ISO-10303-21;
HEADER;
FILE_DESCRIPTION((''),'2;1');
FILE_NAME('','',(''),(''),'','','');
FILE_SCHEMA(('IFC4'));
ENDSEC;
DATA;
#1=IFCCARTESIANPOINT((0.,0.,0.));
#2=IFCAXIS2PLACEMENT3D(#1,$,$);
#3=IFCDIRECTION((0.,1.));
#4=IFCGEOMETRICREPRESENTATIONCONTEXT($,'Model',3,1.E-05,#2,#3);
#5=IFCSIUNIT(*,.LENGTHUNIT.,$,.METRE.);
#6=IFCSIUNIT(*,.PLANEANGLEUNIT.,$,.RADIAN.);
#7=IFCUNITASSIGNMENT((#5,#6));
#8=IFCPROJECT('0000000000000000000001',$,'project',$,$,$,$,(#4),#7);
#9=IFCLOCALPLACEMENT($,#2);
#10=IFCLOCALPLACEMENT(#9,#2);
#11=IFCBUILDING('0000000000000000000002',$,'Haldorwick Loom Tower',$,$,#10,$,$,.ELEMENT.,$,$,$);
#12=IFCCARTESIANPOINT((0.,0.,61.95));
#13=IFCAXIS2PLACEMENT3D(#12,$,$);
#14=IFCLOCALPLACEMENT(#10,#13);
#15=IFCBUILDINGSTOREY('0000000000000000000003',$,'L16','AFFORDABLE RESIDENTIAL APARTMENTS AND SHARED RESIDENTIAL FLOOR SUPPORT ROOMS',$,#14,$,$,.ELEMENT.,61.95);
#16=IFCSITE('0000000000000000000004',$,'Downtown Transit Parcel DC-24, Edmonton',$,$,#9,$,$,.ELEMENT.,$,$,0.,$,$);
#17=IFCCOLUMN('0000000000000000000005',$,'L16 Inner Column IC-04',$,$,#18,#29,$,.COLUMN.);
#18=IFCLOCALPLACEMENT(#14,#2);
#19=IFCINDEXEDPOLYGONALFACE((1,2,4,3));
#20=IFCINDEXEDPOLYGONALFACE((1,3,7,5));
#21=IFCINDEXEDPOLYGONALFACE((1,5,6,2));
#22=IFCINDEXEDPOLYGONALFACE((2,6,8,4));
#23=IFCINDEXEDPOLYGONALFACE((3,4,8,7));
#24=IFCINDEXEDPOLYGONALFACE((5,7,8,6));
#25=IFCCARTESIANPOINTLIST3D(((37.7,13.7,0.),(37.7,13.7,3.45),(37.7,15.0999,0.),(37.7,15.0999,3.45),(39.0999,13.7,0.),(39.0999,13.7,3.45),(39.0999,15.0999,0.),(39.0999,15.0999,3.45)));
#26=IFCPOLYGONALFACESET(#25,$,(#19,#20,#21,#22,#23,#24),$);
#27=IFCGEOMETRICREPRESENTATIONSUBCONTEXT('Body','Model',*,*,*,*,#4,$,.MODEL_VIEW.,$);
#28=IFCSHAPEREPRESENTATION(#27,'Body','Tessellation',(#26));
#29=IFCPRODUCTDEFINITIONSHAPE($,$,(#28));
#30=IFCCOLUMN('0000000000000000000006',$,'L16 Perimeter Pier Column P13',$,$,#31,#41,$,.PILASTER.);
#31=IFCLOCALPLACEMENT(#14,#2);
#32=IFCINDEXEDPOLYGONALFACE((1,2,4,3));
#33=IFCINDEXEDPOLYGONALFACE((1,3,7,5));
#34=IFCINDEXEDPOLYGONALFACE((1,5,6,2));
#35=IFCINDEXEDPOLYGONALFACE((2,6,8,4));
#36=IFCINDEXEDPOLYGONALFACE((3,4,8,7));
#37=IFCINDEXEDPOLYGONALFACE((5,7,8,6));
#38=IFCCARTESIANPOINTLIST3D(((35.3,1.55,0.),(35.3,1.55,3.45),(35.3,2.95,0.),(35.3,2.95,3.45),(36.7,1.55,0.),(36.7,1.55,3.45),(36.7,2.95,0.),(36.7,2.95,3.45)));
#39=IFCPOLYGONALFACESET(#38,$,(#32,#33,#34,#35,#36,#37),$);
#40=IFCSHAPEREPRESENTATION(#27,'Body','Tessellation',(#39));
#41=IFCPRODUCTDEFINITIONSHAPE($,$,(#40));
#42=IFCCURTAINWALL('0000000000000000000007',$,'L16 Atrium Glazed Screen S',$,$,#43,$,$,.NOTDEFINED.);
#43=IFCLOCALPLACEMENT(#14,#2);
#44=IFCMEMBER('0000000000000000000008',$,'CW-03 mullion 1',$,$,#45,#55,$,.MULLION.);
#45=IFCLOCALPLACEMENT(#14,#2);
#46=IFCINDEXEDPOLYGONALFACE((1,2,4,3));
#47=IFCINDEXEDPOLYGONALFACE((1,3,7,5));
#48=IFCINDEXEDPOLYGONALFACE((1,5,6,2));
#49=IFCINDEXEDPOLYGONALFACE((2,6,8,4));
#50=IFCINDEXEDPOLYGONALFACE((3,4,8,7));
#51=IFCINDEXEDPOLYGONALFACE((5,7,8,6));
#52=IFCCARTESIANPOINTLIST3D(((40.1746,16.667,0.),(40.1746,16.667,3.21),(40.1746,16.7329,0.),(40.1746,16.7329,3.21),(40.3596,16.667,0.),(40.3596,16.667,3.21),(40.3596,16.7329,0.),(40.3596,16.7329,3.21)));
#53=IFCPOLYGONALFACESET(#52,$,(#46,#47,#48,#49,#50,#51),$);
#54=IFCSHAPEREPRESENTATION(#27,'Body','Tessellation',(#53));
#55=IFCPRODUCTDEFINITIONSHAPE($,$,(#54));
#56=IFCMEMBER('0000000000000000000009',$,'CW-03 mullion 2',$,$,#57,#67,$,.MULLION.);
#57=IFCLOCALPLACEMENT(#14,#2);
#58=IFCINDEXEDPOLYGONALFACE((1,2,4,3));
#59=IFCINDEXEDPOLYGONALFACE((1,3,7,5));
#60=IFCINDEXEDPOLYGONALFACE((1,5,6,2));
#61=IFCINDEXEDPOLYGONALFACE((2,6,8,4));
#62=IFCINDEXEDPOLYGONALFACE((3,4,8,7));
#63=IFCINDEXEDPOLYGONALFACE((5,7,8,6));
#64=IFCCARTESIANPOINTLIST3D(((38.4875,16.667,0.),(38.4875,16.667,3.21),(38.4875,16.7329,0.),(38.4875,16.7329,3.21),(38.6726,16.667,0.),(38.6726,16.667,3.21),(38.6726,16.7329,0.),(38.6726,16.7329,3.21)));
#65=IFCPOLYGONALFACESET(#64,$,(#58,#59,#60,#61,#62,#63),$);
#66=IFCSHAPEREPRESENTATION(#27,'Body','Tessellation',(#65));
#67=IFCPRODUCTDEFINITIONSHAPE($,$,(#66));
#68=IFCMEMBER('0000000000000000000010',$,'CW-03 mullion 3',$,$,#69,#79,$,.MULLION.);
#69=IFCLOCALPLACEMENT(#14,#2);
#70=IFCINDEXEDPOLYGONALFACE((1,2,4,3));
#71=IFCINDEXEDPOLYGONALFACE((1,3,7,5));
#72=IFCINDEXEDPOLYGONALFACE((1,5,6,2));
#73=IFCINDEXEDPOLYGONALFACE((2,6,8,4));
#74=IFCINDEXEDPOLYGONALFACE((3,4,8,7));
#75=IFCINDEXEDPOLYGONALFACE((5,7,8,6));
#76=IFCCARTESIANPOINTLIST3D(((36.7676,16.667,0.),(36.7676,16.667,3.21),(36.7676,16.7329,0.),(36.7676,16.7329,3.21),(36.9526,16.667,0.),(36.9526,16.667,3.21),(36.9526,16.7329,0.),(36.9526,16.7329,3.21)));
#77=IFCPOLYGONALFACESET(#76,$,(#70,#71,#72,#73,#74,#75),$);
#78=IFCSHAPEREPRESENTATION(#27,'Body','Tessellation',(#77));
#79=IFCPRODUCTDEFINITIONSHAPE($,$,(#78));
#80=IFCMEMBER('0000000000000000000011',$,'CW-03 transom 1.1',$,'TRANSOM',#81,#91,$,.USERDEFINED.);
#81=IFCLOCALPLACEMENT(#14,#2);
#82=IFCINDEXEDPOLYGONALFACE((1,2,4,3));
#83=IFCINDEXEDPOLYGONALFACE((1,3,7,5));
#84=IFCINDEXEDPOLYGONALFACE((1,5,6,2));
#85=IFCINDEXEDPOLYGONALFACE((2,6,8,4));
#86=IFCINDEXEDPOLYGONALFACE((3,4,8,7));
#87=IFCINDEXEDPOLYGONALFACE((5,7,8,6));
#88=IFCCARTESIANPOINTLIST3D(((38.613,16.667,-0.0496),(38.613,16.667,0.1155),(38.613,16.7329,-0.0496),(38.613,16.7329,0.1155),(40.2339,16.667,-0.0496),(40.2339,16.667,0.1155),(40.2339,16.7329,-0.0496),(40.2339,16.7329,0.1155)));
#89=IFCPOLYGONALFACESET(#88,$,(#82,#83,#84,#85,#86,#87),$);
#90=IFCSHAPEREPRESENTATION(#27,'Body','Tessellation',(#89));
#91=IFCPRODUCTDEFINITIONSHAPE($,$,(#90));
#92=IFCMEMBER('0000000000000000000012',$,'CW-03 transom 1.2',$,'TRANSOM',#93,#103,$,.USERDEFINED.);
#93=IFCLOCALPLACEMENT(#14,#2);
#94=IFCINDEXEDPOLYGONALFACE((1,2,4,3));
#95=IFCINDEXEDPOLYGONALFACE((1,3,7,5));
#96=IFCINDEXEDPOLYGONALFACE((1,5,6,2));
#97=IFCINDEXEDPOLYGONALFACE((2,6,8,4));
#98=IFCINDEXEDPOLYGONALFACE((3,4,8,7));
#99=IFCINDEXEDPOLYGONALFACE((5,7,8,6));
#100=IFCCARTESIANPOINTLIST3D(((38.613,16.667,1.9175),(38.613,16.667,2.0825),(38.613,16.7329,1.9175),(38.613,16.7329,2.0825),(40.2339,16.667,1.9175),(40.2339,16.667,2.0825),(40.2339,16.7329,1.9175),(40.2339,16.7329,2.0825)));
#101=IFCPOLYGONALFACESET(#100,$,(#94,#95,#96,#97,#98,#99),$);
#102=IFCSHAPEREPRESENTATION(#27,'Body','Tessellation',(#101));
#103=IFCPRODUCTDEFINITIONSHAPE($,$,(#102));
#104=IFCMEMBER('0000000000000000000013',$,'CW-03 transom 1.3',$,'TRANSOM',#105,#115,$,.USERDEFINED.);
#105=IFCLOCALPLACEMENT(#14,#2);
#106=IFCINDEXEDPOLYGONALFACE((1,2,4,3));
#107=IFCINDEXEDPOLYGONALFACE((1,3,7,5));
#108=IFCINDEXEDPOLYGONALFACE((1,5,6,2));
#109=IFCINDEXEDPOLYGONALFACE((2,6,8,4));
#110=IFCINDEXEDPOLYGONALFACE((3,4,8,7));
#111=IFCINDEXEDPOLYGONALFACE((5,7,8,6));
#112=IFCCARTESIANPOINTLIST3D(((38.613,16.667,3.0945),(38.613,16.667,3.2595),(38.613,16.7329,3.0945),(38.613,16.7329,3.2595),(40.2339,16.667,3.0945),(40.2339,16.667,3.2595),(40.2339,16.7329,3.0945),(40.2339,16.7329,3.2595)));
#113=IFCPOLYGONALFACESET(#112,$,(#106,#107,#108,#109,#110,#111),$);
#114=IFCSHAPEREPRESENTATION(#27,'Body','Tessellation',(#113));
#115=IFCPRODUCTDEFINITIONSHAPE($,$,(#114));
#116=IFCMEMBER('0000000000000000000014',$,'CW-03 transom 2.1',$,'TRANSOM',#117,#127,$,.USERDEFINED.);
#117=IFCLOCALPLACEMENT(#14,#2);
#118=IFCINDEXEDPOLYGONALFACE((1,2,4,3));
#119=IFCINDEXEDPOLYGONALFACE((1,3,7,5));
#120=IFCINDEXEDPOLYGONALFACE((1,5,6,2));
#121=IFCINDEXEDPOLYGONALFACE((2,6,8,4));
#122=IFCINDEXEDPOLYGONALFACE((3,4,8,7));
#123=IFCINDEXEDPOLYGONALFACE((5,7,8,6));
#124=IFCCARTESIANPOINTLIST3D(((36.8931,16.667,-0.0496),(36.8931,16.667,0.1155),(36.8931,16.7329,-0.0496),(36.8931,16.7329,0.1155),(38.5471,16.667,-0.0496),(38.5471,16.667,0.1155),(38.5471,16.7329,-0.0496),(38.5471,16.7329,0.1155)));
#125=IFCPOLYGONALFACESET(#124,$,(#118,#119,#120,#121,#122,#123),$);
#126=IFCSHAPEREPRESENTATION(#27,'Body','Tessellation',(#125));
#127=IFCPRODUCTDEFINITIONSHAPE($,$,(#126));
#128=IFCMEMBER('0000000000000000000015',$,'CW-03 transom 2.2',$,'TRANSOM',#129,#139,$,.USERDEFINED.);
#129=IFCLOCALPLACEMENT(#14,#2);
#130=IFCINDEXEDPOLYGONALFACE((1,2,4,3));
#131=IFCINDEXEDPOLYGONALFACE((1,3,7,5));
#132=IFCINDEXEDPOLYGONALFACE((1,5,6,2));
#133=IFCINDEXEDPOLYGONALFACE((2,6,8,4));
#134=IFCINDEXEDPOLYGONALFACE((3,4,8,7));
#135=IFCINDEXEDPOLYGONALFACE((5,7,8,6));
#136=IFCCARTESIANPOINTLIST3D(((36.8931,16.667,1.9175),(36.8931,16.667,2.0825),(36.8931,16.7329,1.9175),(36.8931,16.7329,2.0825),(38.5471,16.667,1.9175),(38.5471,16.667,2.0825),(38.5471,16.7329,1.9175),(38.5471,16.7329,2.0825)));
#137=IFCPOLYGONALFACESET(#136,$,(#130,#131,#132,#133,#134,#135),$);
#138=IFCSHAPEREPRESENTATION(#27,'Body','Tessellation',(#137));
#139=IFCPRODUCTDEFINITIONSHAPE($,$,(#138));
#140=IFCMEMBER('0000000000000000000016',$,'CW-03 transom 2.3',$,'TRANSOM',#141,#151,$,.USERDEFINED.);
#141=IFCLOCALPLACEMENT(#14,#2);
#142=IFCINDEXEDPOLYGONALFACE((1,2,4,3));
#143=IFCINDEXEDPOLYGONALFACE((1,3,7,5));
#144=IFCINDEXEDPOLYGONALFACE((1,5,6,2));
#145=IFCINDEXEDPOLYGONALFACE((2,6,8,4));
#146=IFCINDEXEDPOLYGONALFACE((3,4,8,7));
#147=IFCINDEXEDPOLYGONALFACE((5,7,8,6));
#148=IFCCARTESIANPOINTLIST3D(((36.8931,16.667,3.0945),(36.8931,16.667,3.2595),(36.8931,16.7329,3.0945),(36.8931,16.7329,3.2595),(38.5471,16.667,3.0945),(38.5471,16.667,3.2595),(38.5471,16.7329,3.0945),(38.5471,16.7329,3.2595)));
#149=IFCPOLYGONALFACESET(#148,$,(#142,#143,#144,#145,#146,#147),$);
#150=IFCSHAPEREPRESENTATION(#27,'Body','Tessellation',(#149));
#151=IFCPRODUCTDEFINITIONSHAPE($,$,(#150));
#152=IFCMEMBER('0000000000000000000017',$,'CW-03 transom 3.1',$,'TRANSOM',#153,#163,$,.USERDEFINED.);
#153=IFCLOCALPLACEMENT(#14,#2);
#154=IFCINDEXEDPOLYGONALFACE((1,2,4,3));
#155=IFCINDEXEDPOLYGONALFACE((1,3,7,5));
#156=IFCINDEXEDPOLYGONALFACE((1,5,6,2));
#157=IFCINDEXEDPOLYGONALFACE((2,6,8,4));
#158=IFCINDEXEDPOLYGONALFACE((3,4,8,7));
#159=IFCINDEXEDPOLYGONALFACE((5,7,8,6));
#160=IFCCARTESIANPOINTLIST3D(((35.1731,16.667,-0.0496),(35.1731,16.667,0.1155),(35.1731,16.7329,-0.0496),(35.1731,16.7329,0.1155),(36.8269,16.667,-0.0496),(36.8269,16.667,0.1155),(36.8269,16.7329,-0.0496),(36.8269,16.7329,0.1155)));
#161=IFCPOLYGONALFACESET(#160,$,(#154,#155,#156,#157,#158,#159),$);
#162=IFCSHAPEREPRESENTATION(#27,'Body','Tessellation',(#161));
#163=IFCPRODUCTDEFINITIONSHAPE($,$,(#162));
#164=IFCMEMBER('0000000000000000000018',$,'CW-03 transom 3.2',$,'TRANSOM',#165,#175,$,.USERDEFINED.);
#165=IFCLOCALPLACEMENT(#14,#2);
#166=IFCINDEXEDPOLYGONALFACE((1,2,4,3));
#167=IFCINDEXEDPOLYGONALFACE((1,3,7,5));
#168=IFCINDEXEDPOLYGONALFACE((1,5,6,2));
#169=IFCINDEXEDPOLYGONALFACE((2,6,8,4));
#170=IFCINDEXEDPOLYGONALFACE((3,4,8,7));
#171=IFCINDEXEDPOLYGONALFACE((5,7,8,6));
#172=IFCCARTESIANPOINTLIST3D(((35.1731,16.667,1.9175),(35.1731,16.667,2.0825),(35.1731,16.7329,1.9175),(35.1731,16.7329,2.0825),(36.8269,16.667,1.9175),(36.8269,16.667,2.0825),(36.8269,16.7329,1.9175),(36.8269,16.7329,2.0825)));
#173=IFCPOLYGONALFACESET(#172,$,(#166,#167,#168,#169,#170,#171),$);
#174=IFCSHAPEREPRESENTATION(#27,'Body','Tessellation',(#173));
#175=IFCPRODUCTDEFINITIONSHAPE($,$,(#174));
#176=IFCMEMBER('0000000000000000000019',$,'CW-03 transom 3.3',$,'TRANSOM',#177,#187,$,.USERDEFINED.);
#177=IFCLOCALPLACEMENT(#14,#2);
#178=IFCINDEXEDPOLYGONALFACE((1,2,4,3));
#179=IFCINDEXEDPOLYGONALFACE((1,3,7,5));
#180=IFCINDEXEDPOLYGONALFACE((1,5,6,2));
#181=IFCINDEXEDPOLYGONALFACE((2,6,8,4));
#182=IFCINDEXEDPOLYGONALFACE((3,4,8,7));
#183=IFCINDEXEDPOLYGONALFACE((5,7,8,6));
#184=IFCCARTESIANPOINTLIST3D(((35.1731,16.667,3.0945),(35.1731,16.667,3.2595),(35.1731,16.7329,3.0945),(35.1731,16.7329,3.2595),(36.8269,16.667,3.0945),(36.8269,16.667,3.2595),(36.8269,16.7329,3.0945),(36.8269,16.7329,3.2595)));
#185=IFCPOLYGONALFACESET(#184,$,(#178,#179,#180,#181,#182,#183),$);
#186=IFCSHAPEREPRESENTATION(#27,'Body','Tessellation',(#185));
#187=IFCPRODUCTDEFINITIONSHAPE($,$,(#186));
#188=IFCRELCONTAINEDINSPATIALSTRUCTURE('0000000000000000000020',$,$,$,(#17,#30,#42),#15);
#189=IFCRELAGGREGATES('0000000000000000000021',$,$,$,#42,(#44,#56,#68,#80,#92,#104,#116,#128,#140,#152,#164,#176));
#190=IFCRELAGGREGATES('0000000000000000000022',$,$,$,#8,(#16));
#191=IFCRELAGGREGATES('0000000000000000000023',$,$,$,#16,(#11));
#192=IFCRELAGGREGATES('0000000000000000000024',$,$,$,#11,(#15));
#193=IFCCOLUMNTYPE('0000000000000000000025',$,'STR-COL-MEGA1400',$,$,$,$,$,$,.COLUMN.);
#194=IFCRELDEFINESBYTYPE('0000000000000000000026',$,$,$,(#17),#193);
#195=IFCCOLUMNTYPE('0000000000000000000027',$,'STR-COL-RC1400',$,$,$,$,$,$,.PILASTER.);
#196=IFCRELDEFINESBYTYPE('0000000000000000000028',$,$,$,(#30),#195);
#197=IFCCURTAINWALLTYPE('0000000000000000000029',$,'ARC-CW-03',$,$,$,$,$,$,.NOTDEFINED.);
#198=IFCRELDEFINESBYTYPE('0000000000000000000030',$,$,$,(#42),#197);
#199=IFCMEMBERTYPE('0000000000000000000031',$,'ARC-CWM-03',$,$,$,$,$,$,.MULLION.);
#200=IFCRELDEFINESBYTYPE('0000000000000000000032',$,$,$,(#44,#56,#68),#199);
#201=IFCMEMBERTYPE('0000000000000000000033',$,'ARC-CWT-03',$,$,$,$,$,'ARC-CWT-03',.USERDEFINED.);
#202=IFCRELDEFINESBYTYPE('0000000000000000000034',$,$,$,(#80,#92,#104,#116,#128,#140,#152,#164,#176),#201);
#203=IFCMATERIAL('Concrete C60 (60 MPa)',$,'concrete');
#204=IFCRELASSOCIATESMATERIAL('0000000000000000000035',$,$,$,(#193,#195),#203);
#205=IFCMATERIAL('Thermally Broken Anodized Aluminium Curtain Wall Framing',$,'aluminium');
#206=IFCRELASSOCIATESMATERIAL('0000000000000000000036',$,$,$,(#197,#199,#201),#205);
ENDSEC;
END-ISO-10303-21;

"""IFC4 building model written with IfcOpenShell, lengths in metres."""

from ifc_helpers import new_model, si_unit, direction, frame, origin, origin_2d, place, context, subcontext, project, spatial, rectangle, extrude, material, material_profile, profile_set, type_object, element, aggregate, save


model = new_model("IFC4")

# Units and contexts
model_context = context("Model", 3, precision=1e-05, world=origin(), true_north=direction((0.0, 1.0)))
body_context = subcontext(model_context, "Body", "Model", "MODEL_VIEW")
ifc_project = project(units=[si_unit("LENGTHUNIT", "METRE"), si_unit("PLANEANGLEUNIT", "RADIAN")], contexts=[model_context])

# Site, building, storey
site_placement = place(None, origin())
site = spatial("IfcSite", under=ifc_project, at=site_placement, Name="Downtown Transit Parcel DC-24, Edmonton", CompositionType="ELEMENT", RefElevation=0.0)
building_placement = place(site_placement, origin())
building = spatial("IfcBuilding", under=site, at=building_placement, Name="Haldorwick Loom Tower", CompositionType="ELEMENT")
storey_placement = place(building_placement, frame((0.0, 0.0, 61.95)))
storey = spatial("IfcBuildingStorey", under=building, at=storey_placement, Name="L16", Description="AFFORDABLE RESIDENTIAL APARTMENTS AND SHARED RESIDENTIAL FLOOR SUPPORT ROOMS", CompositionType="ELEMENT", Elevation=61.95)

# Columns
ifc_material_1 = material(Name="Concrete C60 (60 MPa)", Category="concrete")
ifc_material_profile_1 = material_profile(ifc_material_1, rectangle(XDim=1.3999, YDim=1.3999, at=origin_2d()), Name="RC1400X1400", Category="concrete")
ifc_profile_set_1 = profile_set([ifc_material_profile_1], Name="Concrete C60 (60 MPa)")
column_type_1 = type_object("IfcColumnType", Name="STR-COL-MEGA1400", PredefinedType="COLUMN", material=ifc_profile_set_1)
column_1_placement = place(storey_placement, frame((38.3999, 14.3999, 0.0), z_axis=(0.0, 0.0, 1.0), x_axis=(1.0, 0.0, 0.0)))
element("IfcColumn", 1, at=column_1_placement, inside=storey, type_object=column_type_1, Name="L16 Inner Column IC-04", PredefinedType="COLUMN", context=body_context, shape_type="SweptSolid", body=[
    extrude(rectangle(XDim=1.3999, YDim=1.3999, at=origin_2d()), origin(), (0.0, 0.0, 1.0), 3.45),
])
ifc_material_profile_2 = material_profile(ifc_material_1, rectangle(XDim=1.3999, YDim=1.3999, at=origin_2d()), Name="RC1400X1400", Category="concrete")
ifc_profile_set_2 = profile_set([ifc_material_profile_2], Name="Concrete C60 (60 MPa)")
column_type_2 = type_object("IfcColumnType", Name="STR-COL-RC1400", PredefinedType="PILASTER", material=ifc_profile_set_2)
column_2_placement = place(storey_placement, frame((36.0, 2.25, 0.0), z_axis=(0.0, 0.0, 1.0), x_axis=(0.0, -1.0, 0.0)))
element("IfcColumn", 2, at=column_2_placement, inside=storey, type_object=column_type_2, Name="L16 Perimeter Pier Column P13", PredefinedType="PILASTER", context=body_context, shape_type="SweptSolid", body=[
    extrude(rectangle(XDim=1.3999, YDim=1.3999, at=origin_2d()), origin(), (0.0, 0.0, 1.0), 3.45),
])

# Curtain wall, members
ifc_material_2 = material(Name="Thermally Broken Anodized Aluminium Curtain Wall Framing", Category="aluminium")
curtain_wall_type = type_object("IfcCurtainWallType", Name="ARC-CW-03", PredefinedType="NOTDEFINED", material=ifc_material_2)
curtain_wall_placement = place(storey_placement, origin())
curtain_wall = element("IfcCurtainWall", 3, at=curtain_wall_placement, inside=storey, type_object=curtain_wall_type, Name="L16 Atrium Glazed Screen S", PredefinedType="NOTDEFINED")
ifc_material_profile_3 = material_profile(ifc_material_2, rectangle(XDim=0.0659, YDim=0.1851, at=origin_2d()), Name="ALU_MUL_66X185", Category="aluminium")
ifc_profile_set_3 = profile_set([ifc_material_profile_3], Name="Thermally Broken Anodized Aluminium Curtain Wall Framing")
member_type_1 = type_object("IfcMemberType", Name="ARC-CWM-03", PredefinedType="MULLION", material=ifc_profile_set_3)
member_1_placement = place(storey_placement, frame((40.2671, 16.7, 0.0), z_axis=(0.0, 0.0, 1.0), x_axis=(0.0, -1.0, 0.0)))
member_1 = element("IfcMember", 4, at=member_1_placement, type_object=member_type_1, Name="CW-03 mullion 1", PredefinedType="MULLION", context=body_context, shape_type="SweptSolid", body=[
    extrude(rectangle(XDim=0.0659, YDim=0.1851, at=origin_2d()), origin(), (0.0, 0.0, 1.0), 3.21),
])
member_2_placement = place(storey_placement, frame((38.5801, 16.7, 0.0), z_axis=(0.0, 0.0, 1.0), x_axis=(0.0, -1.0, 0.0)))
member_2 = element("IfcMember", 5, at=member_2_placement, type_object=member_type_1, Name="CW-03 mullion 2", PredefinedType="MULLION", context=body_context, shape_type="SweptSolid", body=[
    extrude(rectangle(XDim=0.0659, YDim=0.1851, at=origin_2d()), origin(), (0.0, 0.0, 1.0), 3.21),
])
member_3_placement = place(storey_placement, frame((36.8601, 16.7, 0.0), z_axis=(0.0, 0.0, 1.0), x_axis=(0.0, -1.0, 0.0)))
member_3 = element("IfcMember", 6, at=member_3_placement, type_object=member_type_1, Name="CW-03 mullion 3", PredefinedType="MULLION", context=body_context, shape_type="SweptSolid", body=[
    extrude(rectangle(XDim=0.0659, YDim=0.1851, at=origin_2d()), origin(), (0.0, 0.0, 1.0), 3.21),
])
ifc_material_profile_4 = material_profile(ifc_material_2, rectangle(XDim=0.0659, YDim=0.165, at=origin_2d()), Name="ALU_TRN_66X165", Category="aluminium")
ifc_profile_set_4 = profile_set([ifc_material_profile_4], Name="Thermally Broken Anodized Aluminium Curtain Wall Framing")
member_type_2 = type_object("IfcMemberType", Name="ARC-CWT-03", ElementType="ARC-CWT-03", PredefinedType="USERDEFINED", material=ifc_profile_set_4)
member_4_placement = place(storey_placement, frame((40.2339, 16.7, 0.033), z_axis=(-1.0, 0.0, 0.0), x_axis=(0.0, -1.0, 0.0)))
member_4 = element("IfcMember", 7, at=member_4_placement, type_object=member_type_2, Name="CW-03 transom 1.1", ObjectType="TRANSOM", PredefinedType="USERDEFINED", context=body_context, shape_type="SweptSolid", body=[
    extrude(rectangle(XDim=0.0659, YDim=0.165, at=origin_2d()), origin(), (0.0, 0.0, 1.0), 1.6208),
])
member_5_placement = place(storey_placement, frame((40.2339, 16.7, 2.0), z_axis=(-1.0, 0.0, 0.0), x_axis=(0.0, -1.0, 0.0)))
member_5 = element("IfcMember", 8, at=member_5_placement, type_object=member_type_2, Name="CW-03 transom 1.2", ObjectType="TRANSOM", PredefinedType="USERDEFINED", context=body_context, shape_type="SweptSolid", body=[
    extrude(rectangle(XDim=0.0659, YDim=0.165, at=origin_2d()), origin(), (0.0, 0.0, 1.0), 1.6208),
])
member_6_placement = place(storey_placement, frame((40.2339, 16.7, 3.177), z_axis=(-1.0, 0.0, 0.0), x_axis=(0.0, -1.0, 0.0)))
member_6 = element("IfcMember", 9, at=member_6_placement, type_object=member_type_2, Name="CW-03 transom 1.3", ObjectType="TRANSOM", PredefinedType="USERDEFINED", context=body_context, shape_type="SweptSolid", body=[
    extrude(rectangle(XDim=0.0659, YDim=0.165, at=origin_2d()), origin(), (0.0, 0.0, 1.0), 1.6208),
])
member_7_placement = place(storey_placement, frame((38.5471, 16.7, 0.033), z_axis=(-1.0, 0.0, 0.0), x_axis=(0.0, -1.0, 0.0)))
member_7 = element("IfcMember", 10, at=member_7_placement, type_object=member_type_2, Name="CW-03 transom 2.1", ObjectType="TRANSOM", PredefinedType="USERDEFINED", context=body_context, shape_type="SweptSolid", body=[
    extrude(rectangle(XDim=0.0659, YDim=0.165, at=origin_2d()), origin(), (0.0, 0.0, 1.0), 1.6541),
])
member_8_placement = place(storey_placement, frame((38.5471, 16.7, 2.0), z_axis=(-1.0, 0.0, 0.0), x_axis=(0.0, -1.0, 0.0)))
member_8 = element("IfcMember", 11, at=member_8_placement, type_object=member_type_2, Name="CW-03 transom 2.2", ObjectType="TRANSOM", PredefinedType="USERDEFINED", context=body_context, shape_type="SweptSolid", body=[
    extrude(rectangle(XDim=0.0659, YDim=0.165, at=origin_2d()), origin(), (0.0, 0.0, 1.0), 1.6541),
])
member_9_placement = place(storey_placement, frame((38.5471, 16.7, 3.177), z_axis=(-1.0, 0.0, 0.0), x_axis=(0.0, -1.0, 0.0)))
member_9 = element("IfcMember", 12, at=member_9_placement, type_object=member_type_2, Name="CW-03 transom 2.3", ObjectType="TRANSOM", PredefinedType="USERDEFINED", context=body_context, shape_type="SweptSolid", body=[
    extrude(rectangle(XDim=0.0659, YDim=0.165, at=origin_2d()), origin(), (0.0, 0.0, 1.0), 1.6541),
])
member_10_placement = place(storey_placement, frame((36.8269, 16.7, 0.033), z_axis=(-1.0, 0.0, 0.0), x_axis=(0.0, -1.0, 0.0)))
member_10 = element("IfcMember", 13, at=member_10_placement, type_object=member_type_2, Name="CW-03 transom 3.1", ObjectType="TRANSOM", PredefinedType="USERDEFINED", context=body_context, shape_type="SweptSolid", body=[
    extrude(rectangle(XDim=0.0659, YDim=0.165, at=origin_2d()), origin(), (0.0, 0.0, 1.0), 1.6538),
])
member_11_placement = place(storey_placement, frame((36.8269, 16.7, 2.0), z_axis=(-1.0, 0.0, 0.0), x_axis=(0.0, -1.0, 0.0)))
member_11 = element("IfcMember", 14, at=member_11_placement, type_object=member_type_2, Name="CW-03 transom 3.2", ObjectType="TRANSOM", PredefinedType="USERDEFINED", context=body_context, shape_type="SweptSolid", body=[
    extrude(rectangle(XDim=0.0659, YDim=0.165, at=origin_2d()), origin(), (0.0, 0.0, 1.0), 1.6538),
])
member_12_placement = place(storey_placement, frame((36.8269, 16.7, 3.177), z_axis=(-1.0, 0.0, 0.0), x_axis=(0.0, -1.0, 0.0)))
member_12 = element("IfcMember", 15, at=member_12_placement, type_object=member_type_2, Name="CW-03 transom 3.3", ObjectType="TRANSOM", PredefinedType="USERDEFINED", context=body_context, shape_type="SweptSolid", body=[
    extrude(rectangle(XDim=0.0659, YDim=0.165, at=origin_2d()), origin(), (0.0, 0.0, 1.0), 1.6538),
])

aggregate(curtain_wall, [member_1, member_2, member_3, member_4, member_5, member_6, member_7, member_8, member_9, member_10, member_11, member_12])

save(model, "model.ifc")
